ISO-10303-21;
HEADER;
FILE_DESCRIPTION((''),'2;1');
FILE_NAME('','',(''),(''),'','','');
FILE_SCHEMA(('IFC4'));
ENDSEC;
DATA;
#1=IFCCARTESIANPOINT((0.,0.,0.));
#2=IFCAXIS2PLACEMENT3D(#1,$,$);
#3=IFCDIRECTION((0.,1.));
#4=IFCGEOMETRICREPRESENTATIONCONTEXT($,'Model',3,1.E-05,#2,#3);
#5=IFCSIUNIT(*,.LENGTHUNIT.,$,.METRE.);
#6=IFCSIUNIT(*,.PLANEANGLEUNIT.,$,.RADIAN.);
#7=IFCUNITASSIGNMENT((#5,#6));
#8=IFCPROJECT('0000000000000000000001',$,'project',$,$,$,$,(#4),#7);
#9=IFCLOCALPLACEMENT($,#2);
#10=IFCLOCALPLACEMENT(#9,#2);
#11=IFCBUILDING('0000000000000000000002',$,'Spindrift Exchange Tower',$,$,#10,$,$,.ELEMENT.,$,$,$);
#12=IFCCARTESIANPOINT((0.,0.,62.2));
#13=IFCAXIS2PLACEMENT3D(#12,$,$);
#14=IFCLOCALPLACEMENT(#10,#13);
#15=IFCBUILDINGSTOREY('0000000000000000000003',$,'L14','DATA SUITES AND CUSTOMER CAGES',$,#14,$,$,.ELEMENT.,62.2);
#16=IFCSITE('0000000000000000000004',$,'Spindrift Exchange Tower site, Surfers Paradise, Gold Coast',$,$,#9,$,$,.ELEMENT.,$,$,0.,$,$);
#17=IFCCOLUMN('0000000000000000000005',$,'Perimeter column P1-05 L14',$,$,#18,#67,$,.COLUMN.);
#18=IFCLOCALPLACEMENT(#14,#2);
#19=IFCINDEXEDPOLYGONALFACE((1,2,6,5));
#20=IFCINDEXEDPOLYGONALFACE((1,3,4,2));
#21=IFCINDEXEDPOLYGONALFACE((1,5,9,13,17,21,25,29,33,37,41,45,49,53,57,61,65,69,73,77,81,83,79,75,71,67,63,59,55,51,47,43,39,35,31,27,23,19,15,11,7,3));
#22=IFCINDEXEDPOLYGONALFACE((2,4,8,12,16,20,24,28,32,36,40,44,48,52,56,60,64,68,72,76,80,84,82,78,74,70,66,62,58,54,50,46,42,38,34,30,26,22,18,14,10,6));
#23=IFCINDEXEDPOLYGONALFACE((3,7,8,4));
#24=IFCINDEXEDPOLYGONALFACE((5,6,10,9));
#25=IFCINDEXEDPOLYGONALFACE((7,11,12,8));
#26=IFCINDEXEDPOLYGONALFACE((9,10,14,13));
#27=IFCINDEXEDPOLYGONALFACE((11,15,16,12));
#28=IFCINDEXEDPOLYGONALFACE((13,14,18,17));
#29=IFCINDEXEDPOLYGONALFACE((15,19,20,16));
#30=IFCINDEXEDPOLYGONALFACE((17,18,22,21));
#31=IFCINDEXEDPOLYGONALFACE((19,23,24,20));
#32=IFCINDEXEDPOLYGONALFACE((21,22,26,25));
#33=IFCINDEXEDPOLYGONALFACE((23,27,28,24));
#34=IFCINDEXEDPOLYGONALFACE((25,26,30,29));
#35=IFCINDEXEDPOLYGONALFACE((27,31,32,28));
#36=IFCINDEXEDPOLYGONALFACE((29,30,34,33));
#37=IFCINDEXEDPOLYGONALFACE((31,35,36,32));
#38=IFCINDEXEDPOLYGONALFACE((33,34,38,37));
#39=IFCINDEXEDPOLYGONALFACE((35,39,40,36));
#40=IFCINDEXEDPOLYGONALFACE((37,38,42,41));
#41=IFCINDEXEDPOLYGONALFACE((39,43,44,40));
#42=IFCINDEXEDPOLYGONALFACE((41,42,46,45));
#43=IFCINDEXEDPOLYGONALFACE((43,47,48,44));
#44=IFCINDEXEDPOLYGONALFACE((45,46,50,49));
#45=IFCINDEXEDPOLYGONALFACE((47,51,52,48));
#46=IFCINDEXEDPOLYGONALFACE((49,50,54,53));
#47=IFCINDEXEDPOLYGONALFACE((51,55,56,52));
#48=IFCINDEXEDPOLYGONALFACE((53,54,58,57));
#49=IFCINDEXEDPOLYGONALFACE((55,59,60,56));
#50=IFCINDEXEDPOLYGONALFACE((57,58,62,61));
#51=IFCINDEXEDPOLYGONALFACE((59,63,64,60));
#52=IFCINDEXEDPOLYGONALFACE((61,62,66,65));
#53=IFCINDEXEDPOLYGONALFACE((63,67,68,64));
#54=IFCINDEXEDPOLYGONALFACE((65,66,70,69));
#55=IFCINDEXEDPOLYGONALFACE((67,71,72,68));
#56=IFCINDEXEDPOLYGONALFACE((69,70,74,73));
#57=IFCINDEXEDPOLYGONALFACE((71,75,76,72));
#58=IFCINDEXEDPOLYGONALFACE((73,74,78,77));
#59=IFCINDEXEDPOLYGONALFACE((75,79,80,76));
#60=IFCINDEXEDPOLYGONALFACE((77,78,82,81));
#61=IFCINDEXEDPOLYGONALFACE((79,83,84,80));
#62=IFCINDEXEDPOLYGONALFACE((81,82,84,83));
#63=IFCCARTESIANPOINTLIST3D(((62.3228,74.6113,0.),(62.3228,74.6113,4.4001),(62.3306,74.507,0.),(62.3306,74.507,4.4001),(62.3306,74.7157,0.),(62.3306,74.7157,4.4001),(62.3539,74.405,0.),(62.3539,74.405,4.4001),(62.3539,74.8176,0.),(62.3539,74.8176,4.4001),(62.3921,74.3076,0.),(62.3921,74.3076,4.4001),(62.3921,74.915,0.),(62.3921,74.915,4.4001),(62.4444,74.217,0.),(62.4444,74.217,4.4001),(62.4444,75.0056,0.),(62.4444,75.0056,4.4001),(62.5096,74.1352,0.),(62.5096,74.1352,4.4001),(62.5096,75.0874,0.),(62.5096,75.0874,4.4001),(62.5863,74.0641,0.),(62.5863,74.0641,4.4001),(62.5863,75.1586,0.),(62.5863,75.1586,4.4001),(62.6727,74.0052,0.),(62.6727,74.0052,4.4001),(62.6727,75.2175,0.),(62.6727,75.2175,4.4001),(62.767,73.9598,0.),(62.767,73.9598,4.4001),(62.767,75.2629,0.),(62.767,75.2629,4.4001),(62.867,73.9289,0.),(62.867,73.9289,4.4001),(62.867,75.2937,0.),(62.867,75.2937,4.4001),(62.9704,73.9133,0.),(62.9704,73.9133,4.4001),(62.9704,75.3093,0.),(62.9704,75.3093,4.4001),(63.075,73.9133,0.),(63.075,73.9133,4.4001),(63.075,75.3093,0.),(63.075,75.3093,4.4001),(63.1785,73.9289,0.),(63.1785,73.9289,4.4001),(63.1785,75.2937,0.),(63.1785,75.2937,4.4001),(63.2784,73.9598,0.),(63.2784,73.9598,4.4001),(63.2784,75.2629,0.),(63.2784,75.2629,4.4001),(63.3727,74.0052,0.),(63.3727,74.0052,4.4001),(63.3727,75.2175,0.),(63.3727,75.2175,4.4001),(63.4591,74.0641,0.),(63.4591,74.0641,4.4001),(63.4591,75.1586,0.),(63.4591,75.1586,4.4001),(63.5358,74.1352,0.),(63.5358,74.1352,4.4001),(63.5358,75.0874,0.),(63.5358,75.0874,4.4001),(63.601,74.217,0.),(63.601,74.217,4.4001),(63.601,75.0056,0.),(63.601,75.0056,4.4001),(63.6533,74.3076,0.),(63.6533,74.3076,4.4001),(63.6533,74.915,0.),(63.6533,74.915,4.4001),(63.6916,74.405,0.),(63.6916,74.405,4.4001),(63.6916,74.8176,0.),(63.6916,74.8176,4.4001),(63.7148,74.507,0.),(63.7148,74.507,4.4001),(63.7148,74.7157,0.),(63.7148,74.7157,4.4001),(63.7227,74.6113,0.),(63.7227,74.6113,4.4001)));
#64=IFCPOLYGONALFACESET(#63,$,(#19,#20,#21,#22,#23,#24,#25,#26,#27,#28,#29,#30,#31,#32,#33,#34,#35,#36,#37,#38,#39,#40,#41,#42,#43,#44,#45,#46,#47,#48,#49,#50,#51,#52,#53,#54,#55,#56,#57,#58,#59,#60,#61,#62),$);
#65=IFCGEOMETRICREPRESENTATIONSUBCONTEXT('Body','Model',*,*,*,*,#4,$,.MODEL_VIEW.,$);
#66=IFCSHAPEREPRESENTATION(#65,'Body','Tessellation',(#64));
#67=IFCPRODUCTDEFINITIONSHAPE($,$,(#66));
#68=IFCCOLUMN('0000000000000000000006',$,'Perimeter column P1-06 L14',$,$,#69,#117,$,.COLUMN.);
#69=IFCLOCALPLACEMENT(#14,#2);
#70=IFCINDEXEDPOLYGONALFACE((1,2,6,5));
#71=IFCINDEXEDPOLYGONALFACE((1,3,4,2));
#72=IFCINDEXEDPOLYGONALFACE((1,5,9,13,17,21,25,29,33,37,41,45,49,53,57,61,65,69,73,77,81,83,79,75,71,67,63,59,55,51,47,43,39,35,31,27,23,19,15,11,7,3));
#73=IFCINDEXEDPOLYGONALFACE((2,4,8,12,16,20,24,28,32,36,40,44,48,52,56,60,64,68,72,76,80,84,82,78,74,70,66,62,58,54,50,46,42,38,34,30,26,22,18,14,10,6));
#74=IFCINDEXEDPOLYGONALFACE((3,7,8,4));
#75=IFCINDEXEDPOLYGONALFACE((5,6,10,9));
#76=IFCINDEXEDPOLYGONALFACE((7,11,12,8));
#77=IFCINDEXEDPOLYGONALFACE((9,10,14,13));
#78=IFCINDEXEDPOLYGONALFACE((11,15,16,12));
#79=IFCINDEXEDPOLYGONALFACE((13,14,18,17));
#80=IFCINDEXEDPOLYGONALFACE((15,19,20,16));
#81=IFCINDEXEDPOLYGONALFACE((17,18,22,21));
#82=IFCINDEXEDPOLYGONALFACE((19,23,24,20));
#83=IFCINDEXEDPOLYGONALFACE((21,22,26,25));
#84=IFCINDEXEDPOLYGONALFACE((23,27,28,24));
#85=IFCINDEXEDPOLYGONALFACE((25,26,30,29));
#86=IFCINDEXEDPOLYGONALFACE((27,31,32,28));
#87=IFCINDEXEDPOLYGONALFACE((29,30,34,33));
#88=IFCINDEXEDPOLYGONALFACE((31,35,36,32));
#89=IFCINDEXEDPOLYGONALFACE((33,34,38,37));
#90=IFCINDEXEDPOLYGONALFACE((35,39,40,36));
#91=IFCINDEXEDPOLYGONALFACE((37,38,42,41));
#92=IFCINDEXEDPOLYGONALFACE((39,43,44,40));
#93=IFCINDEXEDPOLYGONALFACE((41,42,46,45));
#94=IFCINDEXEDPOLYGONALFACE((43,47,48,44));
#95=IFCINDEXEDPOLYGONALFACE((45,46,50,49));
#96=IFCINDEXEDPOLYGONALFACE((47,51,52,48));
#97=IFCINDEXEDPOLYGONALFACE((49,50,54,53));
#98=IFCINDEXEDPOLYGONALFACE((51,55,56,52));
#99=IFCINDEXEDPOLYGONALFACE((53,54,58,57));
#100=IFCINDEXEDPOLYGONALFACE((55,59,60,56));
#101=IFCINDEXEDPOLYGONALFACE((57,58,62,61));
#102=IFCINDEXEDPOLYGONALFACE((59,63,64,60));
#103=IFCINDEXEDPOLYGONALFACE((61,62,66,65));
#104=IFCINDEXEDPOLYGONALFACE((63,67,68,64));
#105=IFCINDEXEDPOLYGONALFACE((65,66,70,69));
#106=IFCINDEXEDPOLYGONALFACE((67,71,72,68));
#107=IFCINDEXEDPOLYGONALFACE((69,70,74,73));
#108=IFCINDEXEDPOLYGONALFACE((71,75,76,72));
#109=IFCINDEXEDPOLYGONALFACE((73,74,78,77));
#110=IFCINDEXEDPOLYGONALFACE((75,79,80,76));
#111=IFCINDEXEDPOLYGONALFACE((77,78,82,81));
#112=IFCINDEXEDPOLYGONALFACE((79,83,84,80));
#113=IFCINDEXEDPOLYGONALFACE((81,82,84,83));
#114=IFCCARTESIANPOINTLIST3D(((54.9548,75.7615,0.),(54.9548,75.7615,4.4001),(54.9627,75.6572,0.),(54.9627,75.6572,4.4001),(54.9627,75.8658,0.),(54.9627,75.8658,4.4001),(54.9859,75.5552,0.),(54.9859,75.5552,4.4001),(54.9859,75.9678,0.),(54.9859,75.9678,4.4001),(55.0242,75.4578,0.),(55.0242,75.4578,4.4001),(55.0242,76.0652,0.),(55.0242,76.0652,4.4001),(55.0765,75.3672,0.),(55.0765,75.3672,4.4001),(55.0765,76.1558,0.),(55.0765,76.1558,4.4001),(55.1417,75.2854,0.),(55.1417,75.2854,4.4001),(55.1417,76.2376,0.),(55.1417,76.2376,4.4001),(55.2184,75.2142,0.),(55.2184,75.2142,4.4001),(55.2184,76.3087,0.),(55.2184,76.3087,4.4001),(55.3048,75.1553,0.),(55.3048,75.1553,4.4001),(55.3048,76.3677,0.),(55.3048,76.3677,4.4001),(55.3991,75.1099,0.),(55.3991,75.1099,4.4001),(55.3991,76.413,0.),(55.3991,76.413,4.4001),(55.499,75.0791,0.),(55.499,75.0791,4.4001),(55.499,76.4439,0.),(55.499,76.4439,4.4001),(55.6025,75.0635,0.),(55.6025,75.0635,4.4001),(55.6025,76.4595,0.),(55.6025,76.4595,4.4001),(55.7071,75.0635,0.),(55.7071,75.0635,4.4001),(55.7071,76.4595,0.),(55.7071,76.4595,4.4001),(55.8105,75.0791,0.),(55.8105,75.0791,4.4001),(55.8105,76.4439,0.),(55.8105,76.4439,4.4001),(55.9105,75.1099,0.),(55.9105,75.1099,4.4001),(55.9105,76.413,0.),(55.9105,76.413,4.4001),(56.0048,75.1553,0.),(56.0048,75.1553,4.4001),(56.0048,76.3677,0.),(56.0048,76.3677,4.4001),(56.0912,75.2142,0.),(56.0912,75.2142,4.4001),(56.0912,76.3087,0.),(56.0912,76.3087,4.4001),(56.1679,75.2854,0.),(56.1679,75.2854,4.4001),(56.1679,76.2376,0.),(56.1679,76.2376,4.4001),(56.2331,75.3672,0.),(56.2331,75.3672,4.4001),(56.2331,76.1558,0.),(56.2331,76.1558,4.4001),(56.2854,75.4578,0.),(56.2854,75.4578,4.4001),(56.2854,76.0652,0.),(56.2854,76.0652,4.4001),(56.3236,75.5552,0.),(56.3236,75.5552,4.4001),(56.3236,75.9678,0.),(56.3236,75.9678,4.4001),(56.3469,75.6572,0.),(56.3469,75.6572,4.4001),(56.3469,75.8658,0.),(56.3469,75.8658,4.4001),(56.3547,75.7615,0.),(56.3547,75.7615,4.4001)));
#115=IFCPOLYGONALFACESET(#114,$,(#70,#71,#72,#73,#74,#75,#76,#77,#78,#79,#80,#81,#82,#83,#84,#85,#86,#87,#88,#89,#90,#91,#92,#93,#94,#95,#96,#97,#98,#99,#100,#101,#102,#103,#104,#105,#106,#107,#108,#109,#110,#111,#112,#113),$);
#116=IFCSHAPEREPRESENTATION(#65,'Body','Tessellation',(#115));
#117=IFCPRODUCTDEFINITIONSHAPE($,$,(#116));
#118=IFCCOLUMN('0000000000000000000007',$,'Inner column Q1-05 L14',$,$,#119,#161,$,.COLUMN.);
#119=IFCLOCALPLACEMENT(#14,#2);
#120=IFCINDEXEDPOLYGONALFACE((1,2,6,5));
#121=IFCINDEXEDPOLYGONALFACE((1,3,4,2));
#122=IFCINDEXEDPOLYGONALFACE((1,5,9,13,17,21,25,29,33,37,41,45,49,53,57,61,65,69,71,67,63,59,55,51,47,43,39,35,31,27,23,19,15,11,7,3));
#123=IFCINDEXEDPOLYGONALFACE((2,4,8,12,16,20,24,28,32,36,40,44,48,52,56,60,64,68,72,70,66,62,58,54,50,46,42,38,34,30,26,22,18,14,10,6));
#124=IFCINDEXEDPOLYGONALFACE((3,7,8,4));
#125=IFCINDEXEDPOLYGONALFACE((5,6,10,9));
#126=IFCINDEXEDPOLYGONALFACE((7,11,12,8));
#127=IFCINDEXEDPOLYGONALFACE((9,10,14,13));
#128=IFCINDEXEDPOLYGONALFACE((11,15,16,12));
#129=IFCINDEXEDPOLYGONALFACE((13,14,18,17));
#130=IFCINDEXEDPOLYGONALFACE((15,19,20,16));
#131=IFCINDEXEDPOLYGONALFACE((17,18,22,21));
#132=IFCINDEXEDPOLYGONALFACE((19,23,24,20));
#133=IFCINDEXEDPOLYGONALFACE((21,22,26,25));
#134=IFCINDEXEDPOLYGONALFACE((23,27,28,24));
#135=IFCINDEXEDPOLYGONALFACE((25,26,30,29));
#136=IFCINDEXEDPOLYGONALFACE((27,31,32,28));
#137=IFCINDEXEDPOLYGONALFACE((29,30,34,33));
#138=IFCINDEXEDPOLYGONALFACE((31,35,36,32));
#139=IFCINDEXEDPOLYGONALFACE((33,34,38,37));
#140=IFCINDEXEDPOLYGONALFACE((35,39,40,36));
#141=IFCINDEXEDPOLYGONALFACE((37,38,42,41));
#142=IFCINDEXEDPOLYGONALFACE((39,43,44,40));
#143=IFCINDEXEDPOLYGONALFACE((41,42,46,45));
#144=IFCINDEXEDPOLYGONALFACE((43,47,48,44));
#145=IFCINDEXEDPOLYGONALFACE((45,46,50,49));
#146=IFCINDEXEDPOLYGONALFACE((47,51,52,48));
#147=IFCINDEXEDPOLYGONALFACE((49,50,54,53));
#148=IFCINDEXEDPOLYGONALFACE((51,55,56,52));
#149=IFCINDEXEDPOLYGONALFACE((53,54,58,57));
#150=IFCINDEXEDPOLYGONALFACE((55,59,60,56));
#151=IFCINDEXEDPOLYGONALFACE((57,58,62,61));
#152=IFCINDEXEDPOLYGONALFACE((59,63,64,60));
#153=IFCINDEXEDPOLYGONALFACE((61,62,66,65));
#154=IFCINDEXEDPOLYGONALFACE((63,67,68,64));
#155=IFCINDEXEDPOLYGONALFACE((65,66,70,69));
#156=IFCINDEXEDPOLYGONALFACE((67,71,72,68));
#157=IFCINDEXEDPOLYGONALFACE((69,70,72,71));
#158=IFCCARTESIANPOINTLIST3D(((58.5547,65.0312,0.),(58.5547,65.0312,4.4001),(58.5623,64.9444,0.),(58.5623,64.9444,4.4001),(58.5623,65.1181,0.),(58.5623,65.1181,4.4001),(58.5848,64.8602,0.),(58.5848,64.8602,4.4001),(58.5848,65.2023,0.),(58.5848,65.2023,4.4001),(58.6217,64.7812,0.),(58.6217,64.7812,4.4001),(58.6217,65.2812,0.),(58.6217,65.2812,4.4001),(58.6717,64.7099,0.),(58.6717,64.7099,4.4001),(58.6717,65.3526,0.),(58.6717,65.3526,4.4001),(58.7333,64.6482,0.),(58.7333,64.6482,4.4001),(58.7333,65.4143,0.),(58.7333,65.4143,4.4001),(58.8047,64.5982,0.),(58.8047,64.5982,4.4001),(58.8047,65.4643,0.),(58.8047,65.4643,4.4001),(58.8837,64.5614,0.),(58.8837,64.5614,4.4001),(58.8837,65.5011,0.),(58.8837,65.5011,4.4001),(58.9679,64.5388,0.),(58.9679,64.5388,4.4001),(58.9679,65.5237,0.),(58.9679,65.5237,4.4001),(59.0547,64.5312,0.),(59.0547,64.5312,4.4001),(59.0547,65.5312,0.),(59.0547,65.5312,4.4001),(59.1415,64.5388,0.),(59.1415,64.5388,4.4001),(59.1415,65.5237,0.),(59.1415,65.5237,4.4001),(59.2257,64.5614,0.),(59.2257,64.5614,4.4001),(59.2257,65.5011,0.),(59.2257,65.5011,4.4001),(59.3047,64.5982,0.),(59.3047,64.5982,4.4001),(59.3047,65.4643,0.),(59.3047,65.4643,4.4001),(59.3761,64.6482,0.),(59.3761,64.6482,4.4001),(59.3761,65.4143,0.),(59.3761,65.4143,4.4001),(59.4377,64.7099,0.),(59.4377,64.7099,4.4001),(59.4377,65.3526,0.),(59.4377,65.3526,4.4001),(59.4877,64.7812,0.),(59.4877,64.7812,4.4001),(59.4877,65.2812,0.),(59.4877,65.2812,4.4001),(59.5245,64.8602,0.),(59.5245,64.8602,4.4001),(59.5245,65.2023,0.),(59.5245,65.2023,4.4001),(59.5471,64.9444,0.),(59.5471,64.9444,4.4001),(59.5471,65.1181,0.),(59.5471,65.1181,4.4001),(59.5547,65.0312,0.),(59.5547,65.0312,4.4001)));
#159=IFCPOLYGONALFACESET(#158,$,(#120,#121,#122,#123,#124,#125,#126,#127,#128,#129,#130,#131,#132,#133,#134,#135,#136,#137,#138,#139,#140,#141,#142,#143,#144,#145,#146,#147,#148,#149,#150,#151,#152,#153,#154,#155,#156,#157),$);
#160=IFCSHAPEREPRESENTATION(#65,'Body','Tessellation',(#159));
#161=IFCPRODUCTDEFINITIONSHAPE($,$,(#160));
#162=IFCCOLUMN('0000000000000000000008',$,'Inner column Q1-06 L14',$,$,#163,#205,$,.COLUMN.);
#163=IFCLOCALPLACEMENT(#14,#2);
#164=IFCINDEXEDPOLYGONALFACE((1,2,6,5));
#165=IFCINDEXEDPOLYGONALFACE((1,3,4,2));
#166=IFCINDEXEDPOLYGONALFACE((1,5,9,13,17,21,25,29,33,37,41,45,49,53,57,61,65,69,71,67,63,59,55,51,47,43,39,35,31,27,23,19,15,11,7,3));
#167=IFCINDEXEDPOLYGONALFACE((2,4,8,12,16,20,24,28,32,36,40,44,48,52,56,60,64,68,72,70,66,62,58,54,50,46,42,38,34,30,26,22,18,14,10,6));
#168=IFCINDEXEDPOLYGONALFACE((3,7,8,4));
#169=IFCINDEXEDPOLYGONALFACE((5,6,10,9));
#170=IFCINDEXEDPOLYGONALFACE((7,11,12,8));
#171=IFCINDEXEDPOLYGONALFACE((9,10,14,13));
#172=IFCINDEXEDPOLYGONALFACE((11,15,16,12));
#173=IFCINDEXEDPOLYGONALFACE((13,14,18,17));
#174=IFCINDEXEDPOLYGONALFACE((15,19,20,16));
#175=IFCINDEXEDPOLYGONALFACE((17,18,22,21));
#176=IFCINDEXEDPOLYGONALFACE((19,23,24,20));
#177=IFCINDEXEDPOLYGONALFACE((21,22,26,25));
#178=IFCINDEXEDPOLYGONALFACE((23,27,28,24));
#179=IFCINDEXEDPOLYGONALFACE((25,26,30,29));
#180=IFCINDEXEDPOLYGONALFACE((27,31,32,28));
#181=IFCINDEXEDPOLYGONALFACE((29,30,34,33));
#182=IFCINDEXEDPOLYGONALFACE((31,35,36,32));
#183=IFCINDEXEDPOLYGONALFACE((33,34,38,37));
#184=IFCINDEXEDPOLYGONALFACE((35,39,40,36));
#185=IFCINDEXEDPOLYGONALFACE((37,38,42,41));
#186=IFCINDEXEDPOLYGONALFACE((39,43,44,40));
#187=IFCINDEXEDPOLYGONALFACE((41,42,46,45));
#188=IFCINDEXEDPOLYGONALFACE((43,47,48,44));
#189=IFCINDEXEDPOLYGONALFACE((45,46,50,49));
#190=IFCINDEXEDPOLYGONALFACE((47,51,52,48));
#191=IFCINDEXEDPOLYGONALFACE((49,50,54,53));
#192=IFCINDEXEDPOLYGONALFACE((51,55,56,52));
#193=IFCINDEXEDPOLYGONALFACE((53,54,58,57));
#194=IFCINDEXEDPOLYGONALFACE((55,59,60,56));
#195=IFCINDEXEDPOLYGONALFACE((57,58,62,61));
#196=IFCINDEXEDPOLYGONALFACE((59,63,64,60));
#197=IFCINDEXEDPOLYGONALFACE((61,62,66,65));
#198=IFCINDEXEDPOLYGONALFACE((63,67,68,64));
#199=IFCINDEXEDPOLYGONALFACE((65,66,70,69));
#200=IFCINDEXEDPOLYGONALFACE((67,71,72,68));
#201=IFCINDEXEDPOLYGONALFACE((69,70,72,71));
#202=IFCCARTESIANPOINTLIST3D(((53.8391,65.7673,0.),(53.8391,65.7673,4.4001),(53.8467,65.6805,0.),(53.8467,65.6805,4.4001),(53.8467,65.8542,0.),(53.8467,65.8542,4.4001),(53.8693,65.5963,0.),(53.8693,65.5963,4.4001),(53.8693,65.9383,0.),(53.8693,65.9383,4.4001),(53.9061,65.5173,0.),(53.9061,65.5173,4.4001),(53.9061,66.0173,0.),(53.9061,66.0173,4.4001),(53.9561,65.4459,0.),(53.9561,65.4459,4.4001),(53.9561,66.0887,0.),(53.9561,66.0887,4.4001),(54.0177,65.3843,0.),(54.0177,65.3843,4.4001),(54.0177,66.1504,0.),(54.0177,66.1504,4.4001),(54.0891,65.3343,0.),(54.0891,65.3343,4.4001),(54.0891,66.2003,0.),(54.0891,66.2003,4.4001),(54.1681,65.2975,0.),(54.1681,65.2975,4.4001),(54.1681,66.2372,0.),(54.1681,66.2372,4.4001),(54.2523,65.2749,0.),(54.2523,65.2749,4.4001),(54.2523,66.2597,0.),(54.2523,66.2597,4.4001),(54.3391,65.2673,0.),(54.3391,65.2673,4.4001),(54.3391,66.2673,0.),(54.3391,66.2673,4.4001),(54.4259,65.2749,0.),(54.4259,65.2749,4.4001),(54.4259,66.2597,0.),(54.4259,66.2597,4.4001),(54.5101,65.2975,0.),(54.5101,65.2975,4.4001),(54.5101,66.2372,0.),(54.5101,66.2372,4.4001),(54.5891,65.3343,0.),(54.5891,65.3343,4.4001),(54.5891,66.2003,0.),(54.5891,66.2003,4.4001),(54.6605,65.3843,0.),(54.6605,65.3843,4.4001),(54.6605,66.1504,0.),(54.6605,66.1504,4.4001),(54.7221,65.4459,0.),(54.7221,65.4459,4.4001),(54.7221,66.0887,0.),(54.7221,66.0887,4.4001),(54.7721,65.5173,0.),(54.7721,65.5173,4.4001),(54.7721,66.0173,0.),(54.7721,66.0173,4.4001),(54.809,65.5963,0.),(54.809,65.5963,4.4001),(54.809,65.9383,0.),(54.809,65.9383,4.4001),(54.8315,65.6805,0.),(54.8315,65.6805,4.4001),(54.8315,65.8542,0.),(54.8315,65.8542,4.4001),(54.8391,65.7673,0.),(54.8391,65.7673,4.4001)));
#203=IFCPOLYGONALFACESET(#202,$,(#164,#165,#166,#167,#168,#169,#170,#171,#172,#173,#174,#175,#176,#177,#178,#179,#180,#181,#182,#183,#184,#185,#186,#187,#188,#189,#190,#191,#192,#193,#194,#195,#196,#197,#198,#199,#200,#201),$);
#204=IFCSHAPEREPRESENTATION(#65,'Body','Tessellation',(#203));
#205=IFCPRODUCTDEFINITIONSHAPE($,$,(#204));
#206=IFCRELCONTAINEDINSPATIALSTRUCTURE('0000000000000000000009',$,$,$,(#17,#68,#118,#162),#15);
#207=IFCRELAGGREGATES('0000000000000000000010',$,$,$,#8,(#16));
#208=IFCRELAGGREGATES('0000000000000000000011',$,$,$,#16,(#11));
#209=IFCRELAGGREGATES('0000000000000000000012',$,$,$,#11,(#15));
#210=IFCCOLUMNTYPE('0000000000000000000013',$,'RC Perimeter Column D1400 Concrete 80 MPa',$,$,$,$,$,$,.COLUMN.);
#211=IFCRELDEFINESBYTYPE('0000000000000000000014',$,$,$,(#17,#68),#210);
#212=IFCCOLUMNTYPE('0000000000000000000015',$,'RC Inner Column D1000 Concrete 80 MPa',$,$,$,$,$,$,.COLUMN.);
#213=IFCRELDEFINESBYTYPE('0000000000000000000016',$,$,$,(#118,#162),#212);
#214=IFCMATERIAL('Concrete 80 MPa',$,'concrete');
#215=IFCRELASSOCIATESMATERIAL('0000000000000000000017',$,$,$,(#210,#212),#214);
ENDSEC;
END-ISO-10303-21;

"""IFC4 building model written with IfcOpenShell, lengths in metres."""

from ifc_helpers import new_model, si_unit, direction, frame, origin, origin_2d, place, context, subcontext, project, spatial, circle, extrude, source, transform, mapped, material, material_profile, profile_set, type_object, element, save


model = new_model("IFC4")

# Units and contexts
model_context = context("Model", 3, precision=1e-05, world=origin(), true_north=direction((0.0, 1.0)))
body_context = subcontext(model_context, "Body", "Model", "MODEL_VIEW")
ifc_project = project(units=[si_unit("LENGTHUNIT", "METRE"), si_unit("PLANEANGLEUNIT", "RADIAN")], contexts=[model_context])

# Site, building, storey
site_placement = place(None, origin())
site = spatial("IfcSite", under=ifc_project, at=site_placement, Name="Spindrift Exchange Tower site, Surfers Paradise, Gold Coast", CompositionType="ELEMENT", RefElevation=0.0)
building_placement = place(site_placement, origin())
building = spatial("IfcBuilding", under=site, at=building_placement, Name="Spindrift Exchange Tower", CompositionType="ELEMENT")
storey_placement = place(building_placement, frame((0.0, 0.0, 62.2)))
storey = spatial("IfcBuildingStorey", under=building, at=storey_placement, Name="L14", Description="DATA SUITES AND CUSTOMER CAGES", CompositionType="ELEMENT", Elevation=62.2)

# Columns
ifc_material_1 = material(Name="Concrete 80 MPa", Category="concrete")
ifc_material_profile_1 = material_profile(ifc_material_1, circle(Radius=0.7, at=origin_2d()), Name="RC D1400")
ifc_profile_set_1 = profile_set([ifc_material_profile_1], Name="Concrete 80 MPa")
column_type_1 = type_object("IfcColumnType", Name="RC Perimeter Column D1400 Concrete 80 MPa", PredefinedType="COLUMN", material=ifc_profile_set_1)
shared_shape_1 = source(origin(), body_context, "Body", "SweptSolid", [
    extrude(circle(Radius=0.7, at=origin_2d()), origin(), (0.0, 0.0, 1.0), 4.4001),
])
for number, where, z_axis, x_axis, name in (
    (1, (63.0227, 74.6113, 0.0), (0.0, 0.0, 1.0), (1.0, 0.0, 0.0), "Perimeter column P1-05 L14"),
    (2, (55.6548, 75.7615, 0.0), (0.0, 0.0, 1.0), (1.0, 0.0, 0.0), "Perimeter column P1-06 L14"),
):
    element("IfcColumn", number, at=place(storey_placement, frame(where, z_axis=z_axis, x_axis=x_axis)), inside=storey, type_object=column_type_1, Name=name, PredefinedType="COLUMN", context=body_context, shape_type="MappedRepresentation", body=[
        mapped(shared_shape_1, transform((0.0, 0.0, 0.0), scale=1.0)),
    ])
ifc_material_profile_2 = material_profile(ifc_material_1, circle(Radius=0.5, at=origin_2d()), Name="RC D1000")
ifc_profile_set_2 = profile_set([ifc_material_profile_2], Name="Concrete 80 MPa")
column_type_2 = type_object("IfcColumnType", Name="RC Inner Column D1000 Concrete 80 MPa", PredefinedType="COLUMN", material=ifc_profile_set_2)
shared_shape_2 = source(origin(), body_context, "Body", "SweptSolid", [
    extrude(circle(Radius=0.5, at=origin_2d()), origin(), (0.0, 0.0, 1.0), 4.4001),
])
for number, where, z_axis, x_axis, name in (
    (3, (59.0547, 65.0312, 0.0), (0.0, 0.0, 1.0), (1.0, 0.0, 0.0), "Inner column Q1-05 L14"),
    (4, (54.3391, 65.7673, 0.0), (0.0, 0.0, 1.0), (1.0, 0.0, 0.0), "Inner column Q1-06 L14"),
):
    element("IfcColumn", number, at=place(storey_placement, frame(where, z_axis=z_axis, x_axis=x_axis)), inside=storey, type_object=column_type_2, Name=name, PredefinedType="COLUMN", context=body_context, shape_type="MappedRepresentation", body=[
        mapped(shared_shape_2, transform((0.0, 0.0, 0.0), scale=1.0)),
    ])

save(model, "model.ifc")
